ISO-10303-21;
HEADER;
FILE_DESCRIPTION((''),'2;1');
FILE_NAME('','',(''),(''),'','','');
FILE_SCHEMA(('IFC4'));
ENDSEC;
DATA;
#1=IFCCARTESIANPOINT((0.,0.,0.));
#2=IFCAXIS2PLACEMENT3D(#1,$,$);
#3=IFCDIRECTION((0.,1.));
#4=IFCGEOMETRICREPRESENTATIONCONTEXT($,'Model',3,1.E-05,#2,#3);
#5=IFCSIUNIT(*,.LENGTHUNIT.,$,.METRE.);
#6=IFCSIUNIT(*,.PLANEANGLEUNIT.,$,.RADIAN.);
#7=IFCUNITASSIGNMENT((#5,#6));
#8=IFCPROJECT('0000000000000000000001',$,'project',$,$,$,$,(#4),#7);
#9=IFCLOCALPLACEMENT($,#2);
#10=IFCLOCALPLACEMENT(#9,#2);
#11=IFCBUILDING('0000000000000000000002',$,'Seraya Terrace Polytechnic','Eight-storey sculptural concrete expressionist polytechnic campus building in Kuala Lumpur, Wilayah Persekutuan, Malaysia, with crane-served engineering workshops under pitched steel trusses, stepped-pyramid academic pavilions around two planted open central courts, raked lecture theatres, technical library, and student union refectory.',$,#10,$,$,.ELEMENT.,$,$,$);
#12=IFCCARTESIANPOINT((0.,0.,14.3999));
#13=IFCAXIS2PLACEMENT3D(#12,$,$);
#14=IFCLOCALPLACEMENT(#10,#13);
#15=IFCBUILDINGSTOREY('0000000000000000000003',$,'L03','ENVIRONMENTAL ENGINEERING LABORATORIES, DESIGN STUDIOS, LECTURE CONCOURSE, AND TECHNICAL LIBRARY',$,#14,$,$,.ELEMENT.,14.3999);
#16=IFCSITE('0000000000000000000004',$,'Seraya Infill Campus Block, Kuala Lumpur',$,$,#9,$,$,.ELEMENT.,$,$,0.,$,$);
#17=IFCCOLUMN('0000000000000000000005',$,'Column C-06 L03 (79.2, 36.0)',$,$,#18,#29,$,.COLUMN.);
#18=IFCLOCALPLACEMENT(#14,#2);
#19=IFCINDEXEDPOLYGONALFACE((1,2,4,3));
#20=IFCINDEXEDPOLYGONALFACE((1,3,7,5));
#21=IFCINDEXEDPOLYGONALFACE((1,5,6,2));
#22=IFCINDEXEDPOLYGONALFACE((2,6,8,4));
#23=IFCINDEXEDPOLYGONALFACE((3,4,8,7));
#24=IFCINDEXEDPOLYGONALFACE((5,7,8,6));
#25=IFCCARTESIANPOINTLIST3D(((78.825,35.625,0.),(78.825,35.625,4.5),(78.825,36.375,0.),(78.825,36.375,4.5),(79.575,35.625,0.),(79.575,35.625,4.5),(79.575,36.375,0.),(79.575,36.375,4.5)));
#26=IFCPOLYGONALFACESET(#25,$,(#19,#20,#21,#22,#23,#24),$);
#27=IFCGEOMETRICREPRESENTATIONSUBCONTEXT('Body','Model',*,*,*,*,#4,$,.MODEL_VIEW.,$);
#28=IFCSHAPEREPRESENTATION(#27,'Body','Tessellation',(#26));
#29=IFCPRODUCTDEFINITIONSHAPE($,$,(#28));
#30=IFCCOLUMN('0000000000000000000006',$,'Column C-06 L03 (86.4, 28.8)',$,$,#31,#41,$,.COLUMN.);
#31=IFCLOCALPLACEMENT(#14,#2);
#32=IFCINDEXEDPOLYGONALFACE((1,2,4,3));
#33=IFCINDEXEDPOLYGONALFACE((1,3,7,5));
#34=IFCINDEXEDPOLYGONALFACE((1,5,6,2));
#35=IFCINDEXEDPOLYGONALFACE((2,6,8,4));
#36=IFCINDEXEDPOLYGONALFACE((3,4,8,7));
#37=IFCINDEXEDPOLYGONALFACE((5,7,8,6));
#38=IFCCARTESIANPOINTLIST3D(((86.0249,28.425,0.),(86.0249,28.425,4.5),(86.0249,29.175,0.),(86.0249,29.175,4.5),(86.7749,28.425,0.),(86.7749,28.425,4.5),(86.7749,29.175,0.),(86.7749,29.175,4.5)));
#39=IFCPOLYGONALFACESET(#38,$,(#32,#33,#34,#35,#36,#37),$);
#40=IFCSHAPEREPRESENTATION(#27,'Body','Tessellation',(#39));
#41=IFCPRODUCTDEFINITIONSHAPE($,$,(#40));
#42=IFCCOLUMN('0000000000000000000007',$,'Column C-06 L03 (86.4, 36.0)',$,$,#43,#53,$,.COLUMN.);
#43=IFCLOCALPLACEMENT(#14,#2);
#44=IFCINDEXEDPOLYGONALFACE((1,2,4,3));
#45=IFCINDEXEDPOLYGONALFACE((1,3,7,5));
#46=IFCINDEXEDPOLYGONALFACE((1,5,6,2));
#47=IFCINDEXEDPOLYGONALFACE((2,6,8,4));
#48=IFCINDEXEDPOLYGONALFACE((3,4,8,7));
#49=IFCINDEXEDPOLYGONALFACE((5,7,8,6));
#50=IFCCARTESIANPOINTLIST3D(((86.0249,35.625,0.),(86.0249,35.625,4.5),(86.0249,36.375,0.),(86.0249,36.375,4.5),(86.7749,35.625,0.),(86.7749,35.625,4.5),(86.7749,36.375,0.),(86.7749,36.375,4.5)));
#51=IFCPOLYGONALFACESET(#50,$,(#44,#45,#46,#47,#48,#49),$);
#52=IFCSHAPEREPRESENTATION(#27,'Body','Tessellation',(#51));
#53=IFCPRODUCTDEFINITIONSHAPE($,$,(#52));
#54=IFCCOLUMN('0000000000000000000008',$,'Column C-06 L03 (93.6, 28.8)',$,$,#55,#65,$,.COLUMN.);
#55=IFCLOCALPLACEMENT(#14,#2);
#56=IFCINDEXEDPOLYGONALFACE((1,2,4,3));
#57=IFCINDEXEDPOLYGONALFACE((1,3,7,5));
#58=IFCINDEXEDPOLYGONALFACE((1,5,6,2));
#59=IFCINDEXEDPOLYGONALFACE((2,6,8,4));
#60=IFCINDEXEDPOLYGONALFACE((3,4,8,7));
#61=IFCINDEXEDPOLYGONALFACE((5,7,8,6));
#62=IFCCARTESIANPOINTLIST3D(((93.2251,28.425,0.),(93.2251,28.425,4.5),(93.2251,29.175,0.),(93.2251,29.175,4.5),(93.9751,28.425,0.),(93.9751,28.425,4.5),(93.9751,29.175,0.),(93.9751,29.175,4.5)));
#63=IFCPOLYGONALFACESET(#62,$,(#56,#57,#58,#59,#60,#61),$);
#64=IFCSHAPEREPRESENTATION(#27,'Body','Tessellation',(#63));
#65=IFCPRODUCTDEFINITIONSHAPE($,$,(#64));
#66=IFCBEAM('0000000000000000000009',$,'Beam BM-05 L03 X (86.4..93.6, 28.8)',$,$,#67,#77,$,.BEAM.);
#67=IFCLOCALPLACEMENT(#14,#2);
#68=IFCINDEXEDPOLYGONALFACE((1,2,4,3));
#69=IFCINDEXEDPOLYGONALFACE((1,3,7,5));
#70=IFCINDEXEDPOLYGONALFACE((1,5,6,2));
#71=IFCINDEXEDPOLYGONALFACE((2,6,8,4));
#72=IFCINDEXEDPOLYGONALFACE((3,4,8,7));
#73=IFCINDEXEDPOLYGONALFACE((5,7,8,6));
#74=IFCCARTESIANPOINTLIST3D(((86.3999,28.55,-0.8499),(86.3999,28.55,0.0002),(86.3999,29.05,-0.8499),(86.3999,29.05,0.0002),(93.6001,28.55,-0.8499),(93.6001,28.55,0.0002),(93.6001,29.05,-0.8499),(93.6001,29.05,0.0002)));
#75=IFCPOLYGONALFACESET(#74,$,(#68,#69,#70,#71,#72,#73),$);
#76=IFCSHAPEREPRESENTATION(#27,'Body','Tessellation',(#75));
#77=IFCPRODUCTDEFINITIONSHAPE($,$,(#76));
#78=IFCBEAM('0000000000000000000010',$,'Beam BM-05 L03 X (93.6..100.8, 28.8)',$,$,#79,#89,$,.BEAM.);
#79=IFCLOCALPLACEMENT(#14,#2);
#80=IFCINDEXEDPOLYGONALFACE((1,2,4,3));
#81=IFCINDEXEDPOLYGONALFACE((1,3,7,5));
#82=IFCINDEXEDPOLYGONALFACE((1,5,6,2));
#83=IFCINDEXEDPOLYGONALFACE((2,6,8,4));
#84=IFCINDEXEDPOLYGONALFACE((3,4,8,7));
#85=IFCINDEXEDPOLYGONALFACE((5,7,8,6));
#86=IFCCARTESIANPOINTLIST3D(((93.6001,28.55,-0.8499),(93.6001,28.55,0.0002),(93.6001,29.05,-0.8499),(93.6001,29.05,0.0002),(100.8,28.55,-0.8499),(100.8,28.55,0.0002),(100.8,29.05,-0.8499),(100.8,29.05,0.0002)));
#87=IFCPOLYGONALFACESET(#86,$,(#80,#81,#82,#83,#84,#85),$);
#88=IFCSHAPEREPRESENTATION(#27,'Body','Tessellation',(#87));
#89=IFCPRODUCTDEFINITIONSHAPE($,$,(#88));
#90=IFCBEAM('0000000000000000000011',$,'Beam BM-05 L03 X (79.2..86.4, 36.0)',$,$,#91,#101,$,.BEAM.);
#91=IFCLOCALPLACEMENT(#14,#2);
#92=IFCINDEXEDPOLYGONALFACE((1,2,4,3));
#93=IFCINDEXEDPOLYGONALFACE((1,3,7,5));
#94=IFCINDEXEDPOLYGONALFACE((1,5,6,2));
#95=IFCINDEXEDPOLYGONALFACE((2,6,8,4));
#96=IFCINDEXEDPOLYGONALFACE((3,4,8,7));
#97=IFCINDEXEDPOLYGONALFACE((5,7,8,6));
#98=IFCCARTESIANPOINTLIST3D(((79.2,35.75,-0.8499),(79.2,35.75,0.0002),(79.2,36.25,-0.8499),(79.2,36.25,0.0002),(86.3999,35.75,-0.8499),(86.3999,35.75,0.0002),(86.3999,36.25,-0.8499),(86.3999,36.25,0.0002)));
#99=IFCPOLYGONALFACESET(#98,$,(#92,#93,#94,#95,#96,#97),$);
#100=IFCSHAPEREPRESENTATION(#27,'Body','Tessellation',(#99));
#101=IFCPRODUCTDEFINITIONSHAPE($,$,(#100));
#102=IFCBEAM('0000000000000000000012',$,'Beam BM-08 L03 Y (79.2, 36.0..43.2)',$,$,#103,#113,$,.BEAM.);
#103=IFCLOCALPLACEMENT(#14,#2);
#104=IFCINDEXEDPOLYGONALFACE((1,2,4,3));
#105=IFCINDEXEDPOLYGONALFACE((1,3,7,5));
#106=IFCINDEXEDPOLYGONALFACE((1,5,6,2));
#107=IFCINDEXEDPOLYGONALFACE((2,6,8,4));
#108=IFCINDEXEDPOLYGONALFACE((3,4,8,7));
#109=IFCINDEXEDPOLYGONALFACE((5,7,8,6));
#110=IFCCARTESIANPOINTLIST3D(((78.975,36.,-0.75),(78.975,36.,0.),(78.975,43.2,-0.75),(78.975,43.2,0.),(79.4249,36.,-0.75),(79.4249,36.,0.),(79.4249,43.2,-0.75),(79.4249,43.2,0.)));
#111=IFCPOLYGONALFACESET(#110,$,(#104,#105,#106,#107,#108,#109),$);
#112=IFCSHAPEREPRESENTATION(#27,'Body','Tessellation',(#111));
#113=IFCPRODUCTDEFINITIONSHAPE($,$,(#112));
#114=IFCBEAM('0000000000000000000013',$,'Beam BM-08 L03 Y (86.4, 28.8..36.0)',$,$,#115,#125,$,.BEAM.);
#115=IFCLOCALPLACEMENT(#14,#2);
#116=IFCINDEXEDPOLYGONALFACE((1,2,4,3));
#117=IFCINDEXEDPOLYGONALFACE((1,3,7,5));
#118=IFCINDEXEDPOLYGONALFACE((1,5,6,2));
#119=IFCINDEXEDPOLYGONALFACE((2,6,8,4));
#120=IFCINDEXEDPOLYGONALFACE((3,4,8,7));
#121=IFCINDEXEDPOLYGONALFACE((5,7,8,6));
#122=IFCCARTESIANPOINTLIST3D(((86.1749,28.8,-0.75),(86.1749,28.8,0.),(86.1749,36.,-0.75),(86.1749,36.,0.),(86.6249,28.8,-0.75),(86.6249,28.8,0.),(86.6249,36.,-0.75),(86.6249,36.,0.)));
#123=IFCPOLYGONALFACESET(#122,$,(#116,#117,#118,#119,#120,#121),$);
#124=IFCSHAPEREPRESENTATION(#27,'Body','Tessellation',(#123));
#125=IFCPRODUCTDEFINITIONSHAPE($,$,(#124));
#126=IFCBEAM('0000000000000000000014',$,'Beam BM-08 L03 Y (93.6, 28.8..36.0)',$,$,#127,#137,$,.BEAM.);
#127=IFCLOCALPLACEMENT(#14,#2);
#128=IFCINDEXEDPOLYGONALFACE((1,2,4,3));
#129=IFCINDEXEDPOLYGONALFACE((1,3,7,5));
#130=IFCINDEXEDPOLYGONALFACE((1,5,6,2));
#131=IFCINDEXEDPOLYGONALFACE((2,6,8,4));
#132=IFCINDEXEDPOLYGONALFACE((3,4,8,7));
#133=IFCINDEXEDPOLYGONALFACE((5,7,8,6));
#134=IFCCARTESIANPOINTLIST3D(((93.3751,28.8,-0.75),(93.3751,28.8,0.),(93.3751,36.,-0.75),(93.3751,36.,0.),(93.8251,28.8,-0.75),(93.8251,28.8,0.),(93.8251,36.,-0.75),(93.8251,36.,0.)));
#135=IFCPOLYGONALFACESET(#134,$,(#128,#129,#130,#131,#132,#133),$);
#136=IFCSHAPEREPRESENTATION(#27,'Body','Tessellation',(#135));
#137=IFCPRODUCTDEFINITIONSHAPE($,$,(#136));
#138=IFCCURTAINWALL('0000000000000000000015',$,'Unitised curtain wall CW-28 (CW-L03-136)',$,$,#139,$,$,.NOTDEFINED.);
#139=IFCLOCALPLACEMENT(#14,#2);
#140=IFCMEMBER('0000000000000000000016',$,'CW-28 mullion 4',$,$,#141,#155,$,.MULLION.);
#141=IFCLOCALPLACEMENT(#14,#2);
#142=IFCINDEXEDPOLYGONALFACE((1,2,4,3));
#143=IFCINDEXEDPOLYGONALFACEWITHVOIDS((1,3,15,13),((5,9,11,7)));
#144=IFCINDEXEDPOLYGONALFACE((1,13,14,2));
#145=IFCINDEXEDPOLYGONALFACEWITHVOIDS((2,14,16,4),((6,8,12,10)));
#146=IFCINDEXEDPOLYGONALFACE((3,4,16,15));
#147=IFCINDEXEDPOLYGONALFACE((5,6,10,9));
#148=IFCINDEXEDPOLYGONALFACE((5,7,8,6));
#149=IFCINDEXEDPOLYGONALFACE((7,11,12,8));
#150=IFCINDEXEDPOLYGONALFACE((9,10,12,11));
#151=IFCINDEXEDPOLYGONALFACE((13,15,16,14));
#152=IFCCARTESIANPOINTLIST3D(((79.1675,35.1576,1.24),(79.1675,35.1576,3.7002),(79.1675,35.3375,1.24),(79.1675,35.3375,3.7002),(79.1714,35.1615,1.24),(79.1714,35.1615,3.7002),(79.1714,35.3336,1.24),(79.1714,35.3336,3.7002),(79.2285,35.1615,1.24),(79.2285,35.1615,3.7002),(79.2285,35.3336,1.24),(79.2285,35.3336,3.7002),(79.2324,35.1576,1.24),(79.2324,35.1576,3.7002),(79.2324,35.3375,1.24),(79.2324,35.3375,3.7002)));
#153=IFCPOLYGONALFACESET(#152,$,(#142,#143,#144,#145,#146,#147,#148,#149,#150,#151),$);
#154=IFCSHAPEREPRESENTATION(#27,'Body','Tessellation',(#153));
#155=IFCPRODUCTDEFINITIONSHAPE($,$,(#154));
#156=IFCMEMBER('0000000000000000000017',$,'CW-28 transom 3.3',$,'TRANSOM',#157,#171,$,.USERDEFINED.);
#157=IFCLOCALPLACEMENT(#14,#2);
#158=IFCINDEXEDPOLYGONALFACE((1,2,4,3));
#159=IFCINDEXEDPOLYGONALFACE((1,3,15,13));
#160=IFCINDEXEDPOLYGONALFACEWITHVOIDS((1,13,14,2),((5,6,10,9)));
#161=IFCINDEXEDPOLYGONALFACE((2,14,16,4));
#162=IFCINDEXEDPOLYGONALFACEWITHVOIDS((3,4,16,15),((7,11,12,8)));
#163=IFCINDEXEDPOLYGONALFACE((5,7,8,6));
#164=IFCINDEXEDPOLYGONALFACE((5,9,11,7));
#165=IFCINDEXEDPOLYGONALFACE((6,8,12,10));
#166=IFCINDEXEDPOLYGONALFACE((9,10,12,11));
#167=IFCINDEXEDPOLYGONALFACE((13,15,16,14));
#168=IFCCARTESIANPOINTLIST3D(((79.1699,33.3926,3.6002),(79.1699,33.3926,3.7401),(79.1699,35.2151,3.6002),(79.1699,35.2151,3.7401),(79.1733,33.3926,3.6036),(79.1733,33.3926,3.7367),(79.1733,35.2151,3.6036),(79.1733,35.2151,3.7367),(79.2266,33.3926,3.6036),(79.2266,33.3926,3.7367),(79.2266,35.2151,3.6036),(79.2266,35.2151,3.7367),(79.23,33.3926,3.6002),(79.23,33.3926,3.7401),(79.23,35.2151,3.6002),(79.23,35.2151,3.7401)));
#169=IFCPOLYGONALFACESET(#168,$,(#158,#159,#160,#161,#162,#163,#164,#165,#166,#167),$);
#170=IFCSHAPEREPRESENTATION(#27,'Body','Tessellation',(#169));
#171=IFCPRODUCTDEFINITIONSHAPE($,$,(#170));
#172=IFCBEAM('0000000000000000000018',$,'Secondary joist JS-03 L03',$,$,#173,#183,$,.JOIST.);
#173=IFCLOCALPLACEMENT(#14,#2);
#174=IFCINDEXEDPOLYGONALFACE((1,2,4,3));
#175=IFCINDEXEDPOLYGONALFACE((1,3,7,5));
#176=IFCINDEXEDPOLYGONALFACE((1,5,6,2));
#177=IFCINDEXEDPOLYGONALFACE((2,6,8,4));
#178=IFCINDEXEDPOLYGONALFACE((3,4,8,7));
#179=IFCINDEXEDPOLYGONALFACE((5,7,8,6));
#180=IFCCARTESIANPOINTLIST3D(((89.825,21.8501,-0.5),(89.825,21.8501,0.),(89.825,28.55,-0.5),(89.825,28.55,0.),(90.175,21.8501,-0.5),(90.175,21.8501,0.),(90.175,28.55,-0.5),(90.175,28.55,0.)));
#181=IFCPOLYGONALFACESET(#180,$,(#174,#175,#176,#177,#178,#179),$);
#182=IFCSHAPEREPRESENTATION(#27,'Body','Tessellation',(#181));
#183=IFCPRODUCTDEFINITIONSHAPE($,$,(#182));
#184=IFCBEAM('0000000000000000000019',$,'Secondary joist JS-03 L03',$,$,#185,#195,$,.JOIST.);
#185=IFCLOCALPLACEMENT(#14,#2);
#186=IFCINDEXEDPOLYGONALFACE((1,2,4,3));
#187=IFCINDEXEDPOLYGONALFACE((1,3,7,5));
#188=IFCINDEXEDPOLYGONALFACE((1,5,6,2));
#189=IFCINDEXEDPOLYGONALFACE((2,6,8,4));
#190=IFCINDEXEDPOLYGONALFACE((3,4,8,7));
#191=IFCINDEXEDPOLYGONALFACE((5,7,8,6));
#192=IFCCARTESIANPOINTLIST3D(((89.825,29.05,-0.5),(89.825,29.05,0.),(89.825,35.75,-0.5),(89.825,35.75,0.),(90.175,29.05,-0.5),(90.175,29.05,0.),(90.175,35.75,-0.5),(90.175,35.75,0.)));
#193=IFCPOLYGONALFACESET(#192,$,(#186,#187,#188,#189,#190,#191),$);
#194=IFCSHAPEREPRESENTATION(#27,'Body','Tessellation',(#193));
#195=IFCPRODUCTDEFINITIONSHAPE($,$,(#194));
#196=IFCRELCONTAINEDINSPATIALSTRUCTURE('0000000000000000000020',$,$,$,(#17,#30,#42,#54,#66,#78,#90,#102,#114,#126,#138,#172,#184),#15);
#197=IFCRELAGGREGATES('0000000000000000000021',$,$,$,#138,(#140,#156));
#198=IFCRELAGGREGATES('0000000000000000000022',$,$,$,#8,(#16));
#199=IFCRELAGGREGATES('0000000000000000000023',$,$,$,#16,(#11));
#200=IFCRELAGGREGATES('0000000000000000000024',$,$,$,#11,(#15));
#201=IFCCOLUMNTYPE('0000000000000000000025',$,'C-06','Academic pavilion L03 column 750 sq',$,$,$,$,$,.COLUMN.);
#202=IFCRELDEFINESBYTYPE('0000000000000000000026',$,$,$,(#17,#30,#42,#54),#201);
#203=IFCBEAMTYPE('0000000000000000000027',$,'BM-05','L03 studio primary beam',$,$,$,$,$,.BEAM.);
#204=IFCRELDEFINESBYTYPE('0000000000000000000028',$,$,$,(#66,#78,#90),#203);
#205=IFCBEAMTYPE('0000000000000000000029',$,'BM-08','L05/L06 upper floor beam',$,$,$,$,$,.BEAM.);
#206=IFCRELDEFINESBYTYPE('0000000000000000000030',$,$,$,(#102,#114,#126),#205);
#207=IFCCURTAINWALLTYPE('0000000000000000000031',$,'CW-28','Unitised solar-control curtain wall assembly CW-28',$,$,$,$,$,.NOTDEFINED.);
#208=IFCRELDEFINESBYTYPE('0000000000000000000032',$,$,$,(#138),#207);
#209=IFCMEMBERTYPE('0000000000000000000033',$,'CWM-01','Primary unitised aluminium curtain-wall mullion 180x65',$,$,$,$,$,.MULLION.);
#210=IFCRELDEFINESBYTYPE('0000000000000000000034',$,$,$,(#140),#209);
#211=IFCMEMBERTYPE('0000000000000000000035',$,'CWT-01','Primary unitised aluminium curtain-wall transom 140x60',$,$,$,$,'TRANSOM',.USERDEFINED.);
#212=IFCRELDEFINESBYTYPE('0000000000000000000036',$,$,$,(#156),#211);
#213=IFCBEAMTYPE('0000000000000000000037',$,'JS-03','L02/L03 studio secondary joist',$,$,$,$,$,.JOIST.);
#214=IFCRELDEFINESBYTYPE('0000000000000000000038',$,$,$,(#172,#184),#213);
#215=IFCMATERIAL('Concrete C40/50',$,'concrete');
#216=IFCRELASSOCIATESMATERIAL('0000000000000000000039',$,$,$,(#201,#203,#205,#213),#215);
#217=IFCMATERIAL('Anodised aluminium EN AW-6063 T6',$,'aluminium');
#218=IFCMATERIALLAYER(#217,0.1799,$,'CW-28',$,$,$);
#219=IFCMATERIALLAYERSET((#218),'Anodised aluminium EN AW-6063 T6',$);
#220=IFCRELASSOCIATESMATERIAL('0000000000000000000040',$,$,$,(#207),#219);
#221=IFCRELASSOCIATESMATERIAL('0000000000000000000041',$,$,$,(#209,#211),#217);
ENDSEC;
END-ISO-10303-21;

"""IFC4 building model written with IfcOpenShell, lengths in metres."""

from ifc_helpers import new_model, si_unit, direction, frame, origin, origin_2d, place, context, subcontext, project, spatial, rectangle, hollow_rectangle, extrude, material, layer, layer_set, material_profile, profile_set, type_object, element, aggregate, save


model = new_model("IFC4")

# Units and contexts
model_context = context("Model", 3, precision=1e-05, world=origin(), true_north=direction((0.0, 1.0)))
body_context = subcontext(model_context, "Body", "Model", "MODEL_VIEW")
ifc_project = project(units=[si_unit("LENGTHUNIT", "METRE"), si_unit("PLANEANGLEUNIT", "RADIAN")], contexts=[model_context])

# Site, building, storey
site_placement = place(None, origin())
site = spatial("IfcSite", under=ifc_project, at=site_placement, Name="Seraya Infill Campus Block, Kuala Lumpur", CompositionType="ELEMENT", RefElevation=0.0)
building_placement = place(site_placement, origin())
building = spatial("IfcBuilding", under=site, at=building_placement, Name="Seraya Terrace Polytechnic", Description="Eight-storey sculptural concrete expressionist polytechnic campus building in Kuala Lumpur, Wilayah Persekutuan, Malaysia, with crane-served engineering workshops under pitched steel trusses, stepped-pyramid academic pavilions around two planted open central courts, raked lecture theatres, technical library, and student union refectory.", CompositionType="ELEMENT")
storey_placement = place(building_placement, frame((0.0, 0.0, 14.3999)))
storey = spatial("IfcBuildingStorey", under=building, at=storey_placement, Name="L03", Description="ENVIRONMENTAL ENGINEERING LABORATORIES, DESIGN STUDIOS, LECTURE CONCOURSE, AND TECHNICAL LIBRARY", CompositionType="ELEMENT", Elevation=14.3999)

# Columns
ifc_material_1 = material(Name="Concrete C40/50", Category="concrete")
ifc_material_profile_1 = material_profile(ifc_material_1, rectangle(XDim=0.75, YDim=0.75, at=origin_2d()), Name="RC 750x750")
ifc_profile_set_1 = profile_set([ifc_material_profile_1], Name="Concrete C40/50")
column_type = type_object("IfcColumnType", Name="C-06", Description="Academic pavilion L03 column 750 sq", PredefinedType="COLUMN", material=ifc_profile_set_1)
for number, where, z_axis, x_axis, name in (
    (1, (79.2, 36.0, 0.0), (0.0, 0.0, 1.0), (1.0, 0.0, 0.0), "Column C-06 L03 (79.2, 36.0)"),
    (2, (86.3999, 28.8, 0.0), (0.0, 0.0, 1.0), (1.0, 0.0, 0.0), "Column C-06 L03 (86.4, 28.8)"),
    (3, (86.3999, 36.0, 0.0), (0.0, 0.0, 1.0), (1.0, 0.0, 0.0), "Column C-06 L03 (86.4, 36.0)"),
    (4, (93.6001, 28.8, 0.0), (0.0, 0.0, 1.0), (1.0, 0.0, 0.0), "Column C-06 L03 (93.6, 28.8)"),
):
    element("IfcColumn", number, at=place(storey_placement, frame(where, z_axis=z_axis, x_axis=x_axis)), inside=storey, type_object=column_type, Name=name, PredefinedType="COLUMN", context=body_context, shape_type="SweptSolid", body=[
        extrude(rectangle(XDim=0.75, YDim=0.75, at=origin_2d()), origin(), (0.0, 0.0, 1.0), 4.5),
    ])

# Beams
ifc_material_profile_2 = material_profile(ifc_material_1, rectangle(XDim=0.5, YDim=0.8501, at=origin_2d()), Name="RC 500x850")
ifc_profile_set_2 = profile_set([ifc_material_profile_2], Name="Concrete C40/50")
beam_type_1 = type_object("IfcBeamType", Name="BM-05", Description="L03 studio primary beam", PredefinedType="BEAM", material=ifc_profile_set_2)
beam_placement = place(storey_placement, frame((86.3999, 28.8, -0.4248), z_axis=(1.0, 0.0, 0.0), x_axis=(0.0, 1.0, 0.0)))
element("IfcBeam", 5, at=beam_placement, inside=storey, type_object=beam_type_1, Name="Beam BM-05 L03 X (86.4..93.6, 28.8)", PredefinedType="BEAM", context=body_context, shape_type="SweptSolid", body=[
    extrude(rectangle(XDim=0.5, YDim=0.8501, at=origin_2d()), origin(), (0.0, 0.0, 1.0), 7.2002),
])
for number, where, z_axis, x_axis, name in (
    (6, (93.6001, 28.8, -0.4248), (1.0, 0.0, 0.0), (0.0, 1.0, 0.0), "Beam BM-05 L03 X (93.6..100.8, 28.8)"),
    (7, (79.2, 36.0, -0.4248), (1.0, 0.0, 0.0), (0.0, 1.0, 0.0), "Beam BM-05 L03 X (79.2..86.4, 36.0)"),
):
    element("IfcBeam", number, at=place(storey_placement, frame(where, z_axis=z_axis, x_axis=x_axis)), inside=storey, type_object=beam_type_1, Name=name, PredefinedType="BEAM", context=body_context, shape_type="SweptSolid", body=[
        extrude(rectangle(XDim=0.5, YDim=0.8501, at=origin_2d()), origin(), (0.0, 0.0, 1.0), 7.2),
    ])
ifc_material_profile_3 = material_profile(ifc_material_1, rectangle(XDim=0.45, YDim=0.75, at=origin_2d()), Name="RC 450x750")
ifc_profile_set_3 = profile_set([ifc_material_profile_3], Name="Concrete C40/50")
beam_type_2 = type_object("IfcBeamType", Name="BM-08", Description="L05/L06 upper floor beam", PredefinedType="BEAM", material=ifc_profile_set_3)
for number, where, z_axis, x_axis, name in (
    (8, (79.2, 36.0, -0.375), (0.0, 1.0, 0.0), (-1.0, 0.0, 0.0), "Beam BM-08 L03 Y (79.2, 36.0..43.2)"),
    (9, (86.3999, 28.8, -0.375), (0.0, 1.0, 0.0), (-1.0, 0.0, 0.0), "Beam BM-08 L03 Y (86.4, 28.8..36.0)"),
    (10, (93.6001, 28.8, -0.375), (0.0, 1.0, 0.0), (-1.0, 0.0, 0.0), "Beam BM-08 L03 Y (93.6, 28.8..36.0)"),
):
    element("IfcBeam", number, at=place(storey_placement, frame(where, z_axis=z_axis, x_axis=x_axis)), inside=storey, type_object=beam_type_2, Name=name, PredefinedType="BEAM", context=body_context, shape_type="SweptSolid", body=[
        extrude(rectangle(XDim=0.45, YDim=0.75, at=origin_2d()), origin(), (0.0, 0.0, 1.0), 7.2),
    ])

# Curtain wall, members
ifc_material_2 = material(Name="Anodised aluminium EN AW-6063 T6", Category="aluminium")
ifc_layer_1 = layer(ifc_material_2, 0.1799, Name="CW-28")
ifc_layer_set_1 = layer_set([ifc_layer_1], Name="Anodised aluminium EN AW-6063 T6")
curtain_wall_type = type_object("IfcCurtainWallType", Name="CW-28", Description="Unitised solar-control curtain wall assembly CW-28", PredefinedType="NOTDEFINED", material=ifc_layer_set_1)
curtain_wall_placement = place(storey_placement, origin())
curtain_wall = element("IfcCurtainWall", 11, at=curtain_wall_placement, inside=storey, type_object=curtain_wall_type, Name="Unitised curtain wall CW-28 (CW-L03-136)", PredefinedType="NOTDEFINED")
ifc_material_profile_4 = material_profile(ifc_material_2, hollow_rectangle(XDim=0.0649, YDim=0.1799, WallThickness=0.0039, at=origin_2d()), Name="RHS 180x65x4.0")
ifc_profile_set_4 = profile_set([ifc_material_profile_4], Name="Anodised aluminium EN AW-6063 T6")
member_type_1 = type_object("IfcMemberType", Name="CWM-01", Description="Primary unitised aluminium curtain-wall mullion 180x65", PredefinedType="MULLION", material=ifc_profile_set_4)
member_1_placement = place(storey_placement, frame((79.2, 35.2476, 1.24), z_axis=(0.0, 0.0, 1.0), x_axis=(-1.0, 0.0, 0.0)))
member_1 = element("IfcMember", 12, at=member_1_placement, type_object=member_type_1, Name="CW-28 mullion 4", PredefinedType="MULLION", context=body_context, shape_type="SweptSolid", body=[
    extrude(hollow_rectangle(XDim=0.0649, YDim=0.1799, WallThickness=0.0039, at=origin_2d()), origin(), (0.0, 0.0, 1.0), 2.4602),
])
ifc_material_profile_5 = material_profile(ifc_material_2, hollow_rectangle(XDim=0.0601, YDim=0.1399, WallThickness=0.0034, at=origin_2d()), Name="RHS 140x60x3.5")
ifc_profile_set_5 = profile_set([ifc_material_profile_5], Name="Anodised aluminium EN AW-6063 T6")
member_type_2 = type_object("IfcMemberType", Name="CWT-01", Description="Primary unitised aluminium curtain-wall transom 140x60", ElementType="TRANSOM", PredefinedType="USERDEFINED", material=ifc_profile_set_5)
member_2_placement = place(storey_placement, frame((79.2, 33.3926, 3.6702), z_axis=(0.0, 1.0, 0.0), x_axis=(-1.0, 0.0, 0.0)))
member_2 = element("IfcMember", 13, at=member_2_placement, type_object=member_type_2, Name="CW-28 transom 3.3", ObjectType="TRANSOM", PredefinedType="USERDEFINED", context=body_context, shape_type="SweptSolid", body=[
    extrude(hollow_rectangle(XDim=0.0601, YDim=0.1399, WallThickness=0.0034, at=origin_2d()), origin(), (0.0, 0.0, 1.0), 1.8225),
])

# Beams
ifc_material_profile_6 = material_profile(ifc_material_1, rectangle(XDim=0.3501, YDim=0.5, at=origin_2d()), Name="RC 350x500")
ifc_profile_set_6 = profile_set([ifc_material_profile_6], Name="Concrete C40/50")
beam_type_3 = type_object("IfcBeamType", Name="JS-03", Description="L02/L03 studio secondary joist", PredefinedType="JOIST", material=ifc_profile_set_6)
for number, where, z_axis, x_axis, name in (
    (14, (90.0, 21.8501, -0.25), (0.0, 1.0, 0.0), (-1.0, 0.0, 0.0), "Secondary joist JS-03 L03"),
    (15, (90.0, 29.05, -0.25), (0.0, 1.0, 0.0), (-1.0, 0.0, 0.0), "Secondary joist JS-03 L03"),
):
    element("IfcBeam", number, at=place(storey_placement, frame(where, z_axis=z_axis, x_axis=x_axis)), inside=storey, type_object=beam_type_3, Name=name, PredefinedType="JOIST", context=body_context, shape_type="SweptSolid", body=[
        extrude(rectangle(XDim=0.3501, YDim=0.5, at=origin_2d()), origin(), (0.0, 0.0, 1.0), 6.7),
    ])

aggregate(curtain_wall, [member_1, member_2])

save(model, "model.ifc")
